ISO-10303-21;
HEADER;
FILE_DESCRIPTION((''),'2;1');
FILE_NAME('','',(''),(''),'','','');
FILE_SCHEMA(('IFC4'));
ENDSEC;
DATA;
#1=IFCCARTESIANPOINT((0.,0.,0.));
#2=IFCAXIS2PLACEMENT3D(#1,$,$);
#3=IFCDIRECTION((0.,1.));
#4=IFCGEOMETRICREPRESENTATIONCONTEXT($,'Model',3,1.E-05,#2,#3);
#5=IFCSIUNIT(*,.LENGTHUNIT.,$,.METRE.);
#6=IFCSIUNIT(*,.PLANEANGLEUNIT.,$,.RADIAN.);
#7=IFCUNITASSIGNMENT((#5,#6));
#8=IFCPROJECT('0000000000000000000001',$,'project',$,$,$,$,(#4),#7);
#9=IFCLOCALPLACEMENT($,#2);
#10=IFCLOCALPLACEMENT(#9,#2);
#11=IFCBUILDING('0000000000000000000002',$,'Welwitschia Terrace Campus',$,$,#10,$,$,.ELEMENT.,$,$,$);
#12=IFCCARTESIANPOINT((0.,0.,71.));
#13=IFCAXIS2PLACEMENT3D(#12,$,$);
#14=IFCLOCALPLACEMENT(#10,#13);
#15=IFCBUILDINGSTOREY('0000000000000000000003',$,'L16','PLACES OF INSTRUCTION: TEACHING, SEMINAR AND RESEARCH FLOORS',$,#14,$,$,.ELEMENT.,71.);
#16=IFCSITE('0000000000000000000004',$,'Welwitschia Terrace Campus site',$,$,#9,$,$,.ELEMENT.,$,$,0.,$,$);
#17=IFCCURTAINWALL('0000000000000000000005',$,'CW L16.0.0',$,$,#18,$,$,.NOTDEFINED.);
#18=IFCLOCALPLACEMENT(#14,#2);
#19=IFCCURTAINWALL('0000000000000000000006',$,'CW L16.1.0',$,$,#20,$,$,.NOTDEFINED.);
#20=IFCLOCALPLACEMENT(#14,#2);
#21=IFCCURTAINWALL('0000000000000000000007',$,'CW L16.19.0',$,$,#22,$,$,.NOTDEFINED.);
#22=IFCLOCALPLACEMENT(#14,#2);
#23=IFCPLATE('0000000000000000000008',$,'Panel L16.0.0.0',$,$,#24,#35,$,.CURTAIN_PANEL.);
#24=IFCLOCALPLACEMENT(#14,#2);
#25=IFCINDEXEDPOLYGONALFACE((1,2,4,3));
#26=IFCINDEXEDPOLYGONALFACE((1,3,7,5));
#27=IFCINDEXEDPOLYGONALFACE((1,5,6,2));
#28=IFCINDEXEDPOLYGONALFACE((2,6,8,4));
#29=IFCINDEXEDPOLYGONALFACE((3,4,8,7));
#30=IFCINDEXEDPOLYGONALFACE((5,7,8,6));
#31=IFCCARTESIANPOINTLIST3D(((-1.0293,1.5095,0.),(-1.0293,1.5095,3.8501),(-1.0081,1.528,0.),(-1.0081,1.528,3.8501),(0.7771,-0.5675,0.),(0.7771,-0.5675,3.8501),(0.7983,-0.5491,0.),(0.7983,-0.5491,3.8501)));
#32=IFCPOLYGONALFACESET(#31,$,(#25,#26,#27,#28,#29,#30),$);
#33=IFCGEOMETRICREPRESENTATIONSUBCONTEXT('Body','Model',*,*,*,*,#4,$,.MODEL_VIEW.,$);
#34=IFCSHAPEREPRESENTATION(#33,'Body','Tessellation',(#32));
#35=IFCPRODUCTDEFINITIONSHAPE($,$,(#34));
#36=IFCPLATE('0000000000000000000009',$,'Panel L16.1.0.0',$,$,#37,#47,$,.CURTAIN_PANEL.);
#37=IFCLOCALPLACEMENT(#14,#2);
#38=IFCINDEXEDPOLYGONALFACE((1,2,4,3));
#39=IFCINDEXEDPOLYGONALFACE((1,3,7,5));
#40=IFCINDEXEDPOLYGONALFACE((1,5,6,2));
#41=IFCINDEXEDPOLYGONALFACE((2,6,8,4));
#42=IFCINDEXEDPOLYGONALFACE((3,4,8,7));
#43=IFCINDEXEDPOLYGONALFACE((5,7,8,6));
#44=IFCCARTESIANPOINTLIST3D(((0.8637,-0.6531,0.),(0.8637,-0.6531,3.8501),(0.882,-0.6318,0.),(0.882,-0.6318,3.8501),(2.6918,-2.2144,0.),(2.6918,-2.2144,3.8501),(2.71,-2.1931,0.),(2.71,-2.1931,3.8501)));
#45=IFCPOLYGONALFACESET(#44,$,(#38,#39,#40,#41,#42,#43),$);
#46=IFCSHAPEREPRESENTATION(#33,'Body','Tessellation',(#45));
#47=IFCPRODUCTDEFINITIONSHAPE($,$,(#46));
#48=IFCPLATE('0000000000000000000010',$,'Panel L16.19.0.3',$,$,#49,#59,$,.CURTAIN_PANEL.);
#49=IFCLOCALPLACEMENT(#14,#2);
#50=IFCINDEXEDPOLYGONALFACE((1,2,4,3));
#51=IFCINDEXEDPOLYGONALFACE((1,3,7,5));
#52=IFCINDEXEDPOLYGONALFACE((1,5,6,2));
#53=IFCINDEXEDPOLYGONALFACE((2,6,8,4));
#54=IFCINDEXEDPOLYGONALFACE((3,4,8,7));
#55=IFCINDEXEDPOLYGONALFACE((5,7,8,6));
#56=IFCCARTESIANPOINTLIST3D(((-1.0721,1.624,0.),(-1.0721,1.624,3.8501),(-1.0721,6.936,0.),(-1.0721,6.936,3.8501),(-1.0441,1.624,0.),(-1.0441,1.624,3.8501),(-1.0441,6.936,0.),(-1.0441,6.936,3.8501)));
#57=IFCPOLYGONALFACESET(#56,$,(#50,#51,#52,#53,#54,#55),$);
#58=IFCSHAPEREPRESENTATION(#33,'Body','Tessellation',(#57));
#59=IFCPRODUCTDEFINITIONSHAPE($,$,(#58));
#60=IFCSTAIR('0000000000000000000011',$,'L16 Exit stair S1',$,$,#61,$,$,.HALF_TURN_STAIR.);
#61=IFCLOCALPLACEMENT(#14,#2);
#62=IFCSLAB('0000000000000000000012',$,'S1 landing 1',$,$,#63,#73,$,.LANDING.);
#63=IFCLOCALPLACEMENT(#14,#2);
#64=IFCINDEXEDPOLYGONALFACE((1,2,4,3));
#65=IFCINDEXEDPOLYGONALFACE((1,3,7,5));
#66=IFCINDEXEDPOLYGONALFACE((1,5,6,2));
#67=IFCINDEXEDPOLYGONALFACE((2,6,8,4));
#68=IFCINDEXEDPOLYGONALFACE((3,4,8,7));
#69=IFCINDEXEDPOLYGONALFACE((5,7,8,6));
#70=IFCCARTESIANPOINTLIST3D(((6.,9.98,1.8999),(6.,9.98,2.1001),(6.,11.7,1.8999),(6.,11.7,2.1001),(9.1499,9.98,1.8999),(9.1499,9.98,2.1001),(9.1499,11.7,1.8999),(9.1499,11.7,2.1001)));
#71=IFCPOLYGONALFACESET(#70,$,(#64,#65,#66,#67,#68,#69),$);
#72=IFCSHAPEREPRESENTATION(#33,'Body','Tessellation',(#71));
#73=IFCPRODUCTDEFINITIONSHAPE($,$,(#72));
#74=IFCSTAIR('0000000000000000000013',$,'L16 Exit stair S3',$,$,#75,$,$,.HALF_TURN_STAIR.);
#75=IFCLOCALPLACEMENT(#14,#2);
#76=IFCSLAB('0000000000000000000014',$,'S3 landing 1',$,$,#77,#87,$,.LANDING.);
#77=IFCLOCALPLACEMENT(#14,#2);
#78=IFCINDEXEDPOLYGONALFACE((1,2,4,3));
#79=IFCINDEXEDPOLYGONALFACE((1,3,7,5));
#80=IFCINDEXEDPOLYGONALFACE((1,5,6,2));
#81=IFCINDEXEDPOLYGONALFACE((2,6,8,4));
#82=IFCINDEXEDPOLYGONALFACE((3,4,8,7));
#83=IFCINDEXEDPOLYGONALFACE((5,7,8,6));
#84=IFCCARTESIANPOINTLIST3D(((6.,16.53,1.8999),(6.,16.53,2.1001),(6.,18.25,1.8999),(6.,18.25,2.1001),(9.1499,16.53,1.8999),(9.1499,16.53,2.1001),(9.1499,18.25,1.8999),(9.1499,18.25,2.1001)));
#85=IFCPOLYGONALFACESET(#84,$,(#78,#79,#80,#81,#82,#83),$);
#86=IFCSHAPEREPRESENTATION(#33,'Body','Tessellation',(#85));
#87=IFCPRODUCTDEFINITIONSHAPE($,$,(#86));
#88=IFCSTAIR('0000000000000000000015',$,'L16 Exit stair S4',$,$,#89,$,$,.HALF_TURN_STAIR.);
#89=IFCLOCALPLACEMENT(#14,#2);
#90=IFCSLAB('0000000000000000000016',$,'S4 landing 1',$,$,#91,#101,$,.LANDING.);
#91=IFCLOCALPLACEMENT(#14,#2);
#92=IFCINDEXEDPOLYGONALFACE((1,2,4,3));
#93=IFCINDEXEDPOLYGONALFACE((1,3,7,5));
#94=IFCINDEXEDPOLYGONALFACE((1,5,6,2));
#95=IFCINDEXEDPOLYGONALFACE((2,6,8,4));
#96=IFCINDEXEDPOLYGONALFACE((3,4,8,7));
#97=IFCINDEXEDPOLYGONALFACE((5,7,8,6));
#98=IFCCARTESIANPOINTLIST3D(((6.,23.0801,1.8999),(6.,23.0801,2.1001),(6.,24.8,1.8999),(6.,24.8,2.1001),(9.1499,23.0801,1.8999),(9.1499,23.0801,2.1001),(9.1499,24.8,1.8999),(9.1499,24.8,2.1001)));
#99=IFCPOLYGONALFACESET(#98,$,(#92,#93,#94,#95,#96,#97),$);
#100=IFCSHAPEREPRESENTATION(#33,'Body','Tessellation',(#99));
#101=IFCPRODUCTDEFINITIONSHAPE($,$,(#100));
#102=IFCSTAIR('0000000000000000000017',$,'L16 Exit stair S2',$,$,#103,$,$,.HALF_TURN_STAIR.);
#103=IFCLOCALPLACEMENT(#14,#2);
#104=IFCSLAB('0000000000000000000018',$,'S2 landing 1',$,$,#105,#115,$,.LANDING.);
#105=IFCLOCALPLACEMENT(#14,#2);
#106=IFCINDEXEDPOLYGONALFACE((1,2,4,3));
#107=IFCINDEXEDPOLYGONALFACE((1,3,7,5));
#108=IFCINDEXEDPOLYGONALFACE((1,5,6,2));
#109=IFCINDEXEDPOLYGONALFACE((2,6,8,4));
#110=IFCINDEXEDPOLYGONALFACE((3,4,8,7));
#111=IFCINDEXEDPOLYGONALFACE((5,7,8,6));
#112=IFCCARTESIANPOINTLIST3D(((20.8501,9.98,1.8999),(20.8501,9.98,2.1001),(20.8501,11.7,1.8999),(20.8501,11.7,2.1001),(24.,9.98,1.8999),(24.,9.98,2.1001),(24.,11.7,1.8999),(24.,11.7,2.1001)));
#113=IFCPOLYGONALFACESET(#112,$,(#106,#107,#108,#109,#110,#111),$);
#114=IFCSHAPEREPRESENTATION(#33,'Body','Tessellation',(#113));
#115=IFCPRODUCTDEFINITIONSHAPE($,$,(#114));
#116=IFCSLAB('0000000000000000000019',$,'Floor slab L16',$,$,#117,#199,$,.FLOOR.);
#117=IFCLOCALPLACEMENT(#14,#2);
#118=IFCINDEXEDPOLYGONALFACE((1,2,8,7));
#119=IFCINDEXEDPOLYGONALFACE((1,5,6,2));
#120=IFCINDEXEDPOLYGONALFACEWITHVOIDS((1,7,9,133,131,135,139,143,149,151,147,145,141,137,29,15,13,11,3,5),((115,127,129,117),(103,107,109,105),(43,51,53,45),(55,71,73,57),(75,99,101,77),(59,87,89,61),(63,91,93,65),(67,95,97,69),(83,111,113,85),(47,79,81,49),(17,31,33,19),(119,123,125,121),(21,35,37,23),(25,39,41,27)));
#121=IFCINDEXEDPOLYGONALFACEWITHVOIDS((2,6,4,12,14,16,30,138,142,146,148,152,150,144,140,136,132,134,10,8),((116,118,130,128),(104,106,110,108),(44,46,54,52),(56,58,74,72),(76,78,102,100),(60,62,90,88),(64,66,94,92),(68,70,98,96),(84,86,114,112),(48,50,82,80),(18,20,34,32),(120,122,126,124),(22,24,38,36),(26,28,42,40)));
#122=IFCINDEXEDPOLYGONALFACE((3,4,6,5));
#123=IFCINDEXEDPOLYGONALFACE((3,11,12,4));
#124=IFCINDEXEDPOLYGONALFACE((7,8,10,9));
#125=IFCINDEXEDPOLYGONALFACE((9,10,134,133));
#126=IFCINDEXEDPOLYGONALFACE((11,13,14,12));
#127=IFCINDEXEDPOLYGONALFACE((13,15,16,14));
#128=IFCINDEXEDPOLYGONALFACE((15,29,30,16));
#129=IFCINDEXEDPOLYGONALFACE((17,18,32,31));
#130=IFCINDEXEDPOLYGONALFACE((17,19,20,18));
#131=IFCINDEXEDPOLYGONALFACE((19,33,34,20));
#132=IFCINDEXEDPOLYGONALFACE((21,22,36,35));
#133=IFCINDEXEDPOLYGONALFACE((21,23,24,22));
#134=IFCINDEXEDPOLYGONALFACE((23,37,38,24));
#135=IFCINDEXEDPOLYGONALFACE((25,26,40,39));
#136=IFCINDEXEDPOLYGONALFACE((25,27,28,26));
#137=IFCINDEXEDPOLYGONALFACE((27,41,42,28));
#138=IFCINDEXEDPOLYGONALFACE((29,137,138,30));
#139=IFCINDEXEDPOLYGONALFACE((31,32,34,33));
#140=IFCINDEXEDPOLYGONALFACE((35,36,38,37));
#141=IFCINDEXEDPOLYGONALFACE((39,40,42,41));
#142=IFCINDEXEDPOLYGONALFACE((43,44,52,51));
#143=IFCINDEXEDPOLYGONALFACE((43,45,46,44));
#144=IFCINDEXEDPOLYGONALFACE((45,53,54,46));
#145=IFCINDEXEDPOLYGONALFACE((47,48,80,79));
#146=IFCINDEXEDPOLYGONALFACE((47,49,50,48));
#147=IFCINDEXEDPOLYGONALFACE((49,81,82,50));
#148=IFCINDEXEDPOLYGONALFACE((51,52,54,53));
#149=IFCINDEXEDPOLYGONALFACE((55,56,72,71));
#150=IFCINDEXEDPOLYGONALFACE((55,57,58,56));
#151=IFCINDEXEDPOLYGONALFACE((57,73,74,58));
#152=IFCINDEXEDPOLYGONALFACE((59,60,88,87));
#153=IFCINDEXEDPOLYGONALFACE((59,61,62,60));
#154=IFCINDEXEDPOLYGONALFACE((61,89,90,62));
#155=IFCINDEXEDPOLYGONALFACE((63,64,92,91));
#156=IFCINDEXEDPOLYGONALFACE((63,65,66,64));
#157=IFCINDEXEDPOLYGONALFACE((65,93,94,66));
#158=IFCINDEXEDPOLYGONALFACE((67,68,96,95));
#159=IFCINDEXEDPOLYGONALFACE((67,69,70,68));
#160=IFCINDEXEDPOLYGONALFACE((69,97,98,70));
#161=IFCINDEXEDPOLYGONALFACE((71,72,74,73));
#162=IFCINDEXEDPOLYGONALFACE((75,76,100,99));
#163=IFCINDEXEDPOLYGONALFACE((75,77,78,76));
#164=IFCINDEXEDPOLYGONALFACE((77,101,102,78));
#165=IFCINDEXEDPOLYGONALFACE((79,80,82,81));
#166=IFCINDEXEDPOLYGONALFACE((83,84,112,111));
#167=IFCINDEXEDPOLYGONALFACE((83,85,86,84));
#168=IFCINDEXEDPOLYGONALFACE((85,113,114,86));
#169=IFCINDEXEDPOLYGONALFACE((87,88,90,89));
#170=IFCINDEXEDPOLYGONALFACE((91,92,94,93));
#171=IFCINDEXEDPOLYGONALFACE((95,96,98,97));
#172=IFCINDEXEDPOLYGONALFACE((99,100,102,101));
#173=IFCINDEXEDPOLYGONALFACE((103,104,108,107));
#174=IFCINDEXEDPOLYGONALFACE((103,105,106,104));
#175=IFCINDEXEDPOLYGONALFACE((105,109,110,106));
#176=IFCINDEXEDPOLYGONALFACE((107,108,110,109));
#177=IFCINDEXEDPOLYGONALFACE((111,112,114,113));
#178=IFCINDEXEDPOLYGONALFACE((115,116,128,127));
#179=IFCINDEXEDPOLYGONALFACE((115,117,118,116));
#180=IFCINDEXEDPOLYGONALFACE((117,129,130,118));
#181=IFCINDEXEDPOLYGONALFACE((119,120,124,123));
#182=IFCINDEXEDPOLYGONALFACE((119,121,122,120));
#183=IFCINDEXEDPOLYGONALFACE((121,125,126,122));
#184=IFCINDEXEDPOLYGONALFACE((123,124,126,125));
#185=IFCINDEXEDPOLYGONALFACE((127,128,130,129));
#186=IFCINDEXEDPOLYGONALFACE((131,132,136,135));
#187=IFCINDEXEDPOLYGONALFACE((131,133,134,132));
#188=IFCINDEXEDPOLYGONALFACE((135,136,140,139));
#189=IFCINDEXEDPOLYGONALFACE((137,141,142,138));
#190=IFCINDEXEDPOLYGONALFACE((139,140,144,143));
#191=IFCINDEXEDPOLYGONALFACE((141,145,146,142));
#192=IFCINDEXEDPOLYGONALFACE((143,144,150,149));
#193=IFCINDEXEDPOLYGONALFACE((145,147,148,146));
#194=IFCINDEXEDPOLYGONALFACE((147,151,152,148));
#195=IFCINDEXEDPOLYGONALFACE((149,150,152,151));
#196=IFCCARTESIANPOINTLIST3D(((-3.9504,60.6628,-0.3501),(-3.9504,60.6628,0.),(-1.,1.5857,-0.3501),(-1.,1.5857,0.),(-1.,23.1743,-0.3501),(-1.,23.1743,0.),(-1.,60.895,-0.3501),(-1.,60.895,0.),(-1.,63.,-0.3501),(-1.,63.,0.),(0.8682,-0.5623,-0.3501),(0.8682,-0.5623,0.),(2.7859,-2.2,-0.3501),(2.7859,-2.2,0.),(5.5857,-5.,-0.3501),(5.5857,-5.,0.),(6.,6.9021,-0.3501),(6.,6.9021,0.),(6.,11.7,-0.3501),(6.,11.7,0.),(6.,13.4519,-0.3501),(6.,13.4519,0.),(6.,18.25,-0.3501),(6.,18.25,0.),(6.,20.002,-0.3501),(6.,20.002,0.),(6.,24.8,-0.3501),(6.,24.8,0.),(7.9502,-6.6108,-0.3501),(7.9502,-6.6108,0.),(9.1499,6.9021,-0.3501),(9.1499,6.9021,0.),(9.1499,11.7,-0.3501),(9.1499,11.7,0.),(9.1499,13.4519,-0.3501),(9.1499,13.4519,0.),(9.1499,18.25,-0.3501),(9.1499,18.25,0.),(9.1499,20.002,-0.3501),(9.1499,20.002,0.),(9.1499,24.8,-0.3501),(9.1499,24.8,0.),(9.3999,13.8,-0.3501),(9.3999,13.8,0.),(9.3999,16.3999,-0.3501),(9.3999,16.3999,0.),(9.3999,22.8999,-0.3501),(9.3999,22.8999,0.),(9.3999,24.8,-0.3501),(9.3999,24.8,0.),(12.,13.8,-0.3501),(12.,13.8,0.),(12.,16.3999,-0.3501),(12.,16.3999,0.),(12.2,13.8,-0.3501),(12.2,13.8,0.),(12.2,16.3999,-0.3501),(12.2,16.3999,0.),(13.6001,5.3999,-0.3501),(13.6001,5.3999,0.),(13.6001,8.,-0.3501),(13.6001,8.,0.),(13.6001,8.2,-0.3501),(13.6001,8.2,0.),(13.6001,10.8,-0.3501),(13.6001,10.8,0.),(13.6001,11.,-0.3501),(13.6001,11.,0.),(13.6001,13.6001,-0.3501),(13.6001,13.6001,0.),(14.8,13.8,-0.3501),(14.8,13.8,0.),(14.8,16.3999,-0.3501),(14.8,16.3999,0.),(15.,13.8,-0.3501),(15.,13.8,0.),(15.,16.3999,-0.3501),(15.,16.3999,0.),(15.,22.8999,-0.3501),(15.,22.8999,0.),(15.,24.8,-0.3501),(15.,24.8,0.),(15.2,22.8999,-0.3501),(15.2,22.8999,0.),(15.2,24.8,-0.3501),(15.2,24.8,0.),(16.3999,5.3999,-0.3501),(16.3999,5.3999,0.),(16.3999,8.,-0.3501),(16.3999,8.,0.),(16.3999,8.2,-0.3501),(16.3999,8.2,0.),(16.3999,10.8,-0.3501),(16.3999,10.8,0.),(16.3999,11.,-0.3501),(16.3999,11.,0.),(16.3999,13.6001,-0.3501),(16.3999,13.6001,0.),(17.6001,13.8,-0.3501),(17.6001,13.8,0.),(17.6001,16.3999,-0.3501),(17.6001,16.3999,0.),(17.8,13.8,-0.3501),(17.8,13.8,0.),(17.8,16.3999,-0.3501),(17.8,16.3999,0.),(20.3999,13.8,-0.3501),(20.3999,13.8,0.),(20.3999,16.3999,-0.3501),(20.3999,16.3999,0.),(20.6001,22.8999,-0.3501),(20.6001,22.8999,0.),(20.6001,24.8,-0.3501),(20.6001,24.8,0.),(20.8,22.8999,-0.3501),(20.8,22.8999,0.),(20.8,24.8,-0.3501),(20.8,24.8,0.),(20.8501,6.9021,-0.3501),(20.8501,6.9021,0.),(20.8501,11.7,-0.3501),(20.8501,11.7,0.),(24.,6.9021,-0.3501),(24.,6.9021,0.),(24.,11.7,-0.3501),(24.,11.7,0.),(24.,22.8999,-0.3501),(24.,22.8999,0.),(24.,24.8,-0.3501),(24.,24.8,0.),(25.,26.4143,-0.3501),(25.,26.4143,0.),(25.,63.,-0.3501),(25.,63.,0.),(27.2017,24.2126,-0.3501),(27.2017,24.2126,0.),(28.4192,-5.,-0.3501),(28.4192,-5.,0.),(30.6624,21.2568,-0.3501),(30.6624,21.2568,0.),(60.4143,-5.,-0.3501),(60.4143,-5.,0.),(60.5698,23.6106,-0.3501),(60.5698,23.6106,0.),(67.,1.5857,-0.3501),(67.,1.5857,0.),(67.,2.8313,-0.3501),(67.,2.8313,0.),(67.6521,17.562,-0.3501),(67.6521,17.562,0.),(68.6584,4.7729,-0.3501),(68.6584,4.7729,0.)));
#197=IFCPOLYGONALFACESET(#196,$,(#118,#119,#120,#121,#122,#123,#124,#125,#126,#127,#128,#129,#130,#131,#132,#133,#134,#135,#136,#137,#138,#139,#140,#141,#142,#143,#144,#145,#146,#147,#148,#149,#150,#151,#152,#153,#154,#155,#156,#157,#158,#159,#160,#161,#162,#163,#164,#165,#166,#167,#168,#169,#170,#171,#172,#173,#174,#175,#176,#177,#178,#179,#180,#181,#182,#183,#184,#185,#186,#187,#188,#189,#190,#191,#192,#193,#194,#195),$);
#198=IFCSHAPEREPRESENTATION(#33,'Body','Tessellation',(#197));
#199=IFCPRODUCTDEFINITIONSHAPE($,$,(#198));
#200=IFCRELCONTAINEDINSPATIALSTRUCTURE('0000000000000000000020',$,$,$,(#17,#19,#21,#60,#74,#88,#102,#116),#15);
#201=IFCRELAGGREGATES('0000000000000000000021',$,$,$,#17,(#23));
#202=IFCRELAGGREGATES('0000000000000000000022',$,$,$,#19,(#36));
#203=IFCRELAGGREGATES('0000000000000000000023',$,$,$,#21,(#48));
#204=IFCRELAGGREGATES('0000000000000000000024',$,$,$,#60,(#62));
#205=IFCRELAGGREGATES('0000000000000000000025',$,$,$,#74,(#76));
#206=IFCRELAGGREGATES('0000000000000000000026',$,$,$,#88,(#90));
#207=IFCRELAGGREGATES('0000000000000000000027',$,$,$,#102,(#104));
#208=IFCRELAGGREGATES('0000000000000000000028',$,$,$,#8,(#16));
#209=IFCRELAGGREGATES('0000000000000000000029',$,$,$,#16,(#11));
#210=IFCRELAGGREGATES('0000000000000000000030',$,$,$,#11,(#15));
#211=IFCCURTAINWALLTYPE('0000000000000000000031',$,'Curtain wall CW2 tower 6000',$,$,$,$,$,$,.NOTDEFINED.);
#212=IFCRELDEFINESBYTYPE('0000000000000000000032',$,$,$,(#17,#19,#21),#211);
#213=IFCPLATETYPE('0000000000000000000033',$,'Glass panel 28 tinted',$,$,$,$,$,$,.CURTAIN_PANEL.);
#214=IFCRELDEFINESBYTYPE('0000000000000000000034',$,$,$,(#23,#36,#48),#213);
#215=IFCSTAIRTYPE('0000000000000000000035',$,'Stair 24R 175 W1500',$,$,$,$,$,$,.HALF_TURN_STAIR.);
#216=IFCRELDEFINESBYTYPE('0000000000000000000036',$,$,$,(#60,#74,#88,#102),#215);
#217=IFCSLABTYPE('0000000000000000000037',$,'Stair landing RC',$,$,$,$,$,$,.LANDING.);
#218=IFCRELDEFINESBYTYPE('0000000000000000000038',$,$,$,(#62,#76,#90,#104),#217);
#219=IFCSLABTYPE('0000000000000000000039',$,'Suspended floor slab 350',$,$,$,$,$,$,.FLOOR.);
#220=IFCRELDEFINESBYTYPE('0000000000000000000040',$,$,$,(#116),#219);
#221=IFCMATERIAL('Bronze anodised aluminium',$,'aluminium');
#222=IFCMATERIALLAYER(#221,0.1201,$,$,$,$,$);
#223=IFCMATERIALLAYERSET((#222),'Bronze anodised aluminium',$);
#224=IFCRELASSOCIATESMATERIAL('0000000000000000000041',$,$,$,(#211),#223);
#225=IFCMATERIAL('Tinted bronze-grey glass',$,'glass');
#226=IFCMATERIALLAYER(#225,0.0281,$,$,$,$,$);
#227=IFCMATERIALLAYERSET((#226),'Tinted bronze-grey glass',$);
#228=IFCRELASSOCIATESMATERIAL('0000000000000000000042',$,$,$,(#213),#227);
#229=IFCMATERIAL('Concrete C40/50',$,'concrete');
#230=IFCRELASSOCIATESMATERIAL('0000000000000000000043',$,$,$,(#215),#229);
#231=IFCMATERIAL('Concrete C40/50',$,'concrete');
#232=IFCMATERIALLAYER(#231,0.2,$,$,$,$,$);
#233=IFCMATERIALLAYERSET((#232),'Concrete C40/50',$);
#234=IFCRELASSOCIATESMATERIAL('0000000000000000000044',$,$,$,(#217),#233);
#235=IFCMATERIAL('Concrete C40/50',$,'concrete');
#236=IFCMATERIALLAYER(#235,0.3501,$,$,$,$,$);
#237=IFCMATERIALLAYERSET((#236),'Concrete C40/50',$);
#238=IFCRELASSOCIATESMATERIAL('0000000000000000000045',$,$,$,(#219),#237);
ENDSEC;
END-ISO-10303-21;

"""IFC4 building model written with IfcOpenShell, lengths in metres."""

from ifc_helpers import new_model, si_unit, direction, frame, origin, origin_2d, place, context, subcontext, project, spatial, polyline, rectangle, outline, extrude, material, layer, layer_set, type_object, element, aggregate, save


model = new_model("IFC4")

# Units and contexts
model_context = context("Model", 3, precision=1e-05, world=origin(), true_north=direction((0.0, 1.0)))
body_context = subcontext(model_context, "Body", "Model", "MODEL_VIEW")
ifc_project = project(units=[si_unit("LENGTHUNIT", "METRE"), si_unit("PLANEANGLEUNIT", "RADIAN")], contexts=[model_context])

# Site, building, storey
site_placement = place(None, origin())
site = spatial("IfcSite", under=ifc_project, at=site_placement, Name="Welwitschia Terrace Campus site", CompositionType="ELEMENT", RefElevation=0.0)
building_placement = place(site_placement, origin())
building = spatial("IfcBuilding", under=site, at=building_placement, Name="Welwitschia Terrace Campus", CompositionType="ELEMENT")
storey_placement = place(building_placement, frame((0.0, 0.0, 71.0)))
storey = spatial("IfcBuildingStorey", under=building, at=storey_placement, Name="L16", Description="PLACES OF INSTRUCTION: TEACHING, SEMINAR AND RESEARCH FLOORS", CompositionType="ELEMENT", Elevation=71.0)

# Curtain wall
ifc_material_1 = material(Name="Bronze anodised aluminium", Category="aluminium")
ifc_layer_1 = layer(ifc_material_1, 0.1201)
ifc_layer_set_1 = layer_set([ifc_layer_1], Name="Bronze anodised aluminium")
curtain_wall_type = type_object("IfcCurtainWallType", Name="Curtain wall CW2 tower 6000", PredefinedType="NOTDEFINED", material=ifc_layer_set_1)
curtain_wall_1_placement = place(storey_placement, origin())
curtain_wall_1 = element("IfcCurtainWall", 1, at=curtain_wall_1_placement, inside=storey, type_object=curtain_wall_type, Name="CW L16.0.0", PredefinedType="NOTDEFINED")

# Curtain walls
curtain_wall_2_placement = place(storey_placement, origin())
curtain_wall_2 = element("IfcCurtainWall", 2, at=curtain_wall_2_placement, inside=storey, type_object=curtain_wall_type, Name="CW L16.1.0", PredefinedType="NOTDEFINED")
curtain_wall_3_placement = place(storey_placement, origin())
curtain_wall_3 = element("IfcCurtainWall", 3, at=curtain_wall_3_placement, inside=storey, type_object=curtain_wall_type, Name="CW L16.19.0", PredefinedType="NOTDEFINED")

# Plates
ifc_material_2 = material(Name="Tinted bronze-grey glass", Category="glass")
ifc_layer_2 = layer(ifc_material_2, 0.0281)
ifc_layer_set_2 = layer_set([ifc_layer_2], Name="Tinted bronze-grey glass")
plate_type = type_object("IfcPlateType", Name="Glass panel 28 tinted", PredefinedType="CURTAIN_PANEL", material=ifc_layer_set_2)
plate_1_placement = place(storey_placement, frame((-0.1155, 0.4802, 0.0), z_axis=(0.0, 0.0, 1.0), x_axis=(0.656245, -0.754548, 0.0)))
plate_1 = element("IfcPlate", 4, at=plate_1_placement, type_object=plate_type, Name="Panel L16.0.0.0", PredefinedType="CURTAIN_PANEL", context=body_context, shape_type="SweptSolid", body=[
    extrude(rectangle(XDim=2.7527, YDim=0.0281, at=origin_2d()), origin(), (0.0, 0.0, 1.0), 3.8501),
])
aggregate(curtain_wall_1, [plate_1])
plate_2_placement = place(storey_placement, frame((1.7869, -1.4231, 0.0), z_axis=(0.0, 0.0, 1.0), x_axis=(0.760406, -0.649448, 0.0)))
plate_2 = element("IfcPlate", 5, at=plate_2_placement, type_object=plate_type, Name="Panel L16.1.0.0", PredefinedType="CURTAIN_PANEL", context=body_context, shape_type="SweptSolid", body=[
    extrude(rectangle(XDim=2.4041, YDim=0.0281, at=origin_2d()), origin(), (0.0, 0.0, 1.0), 3.8501),
])
aggregate(curtain_wall_2, [plate_2])
plate_3_placement = place(storey_placement, frame((-1.0581, 4.28, 0.0), z_axis=(0.0, 0.0, 1.0), x_axis=(0.0, -1.0, 0.0)))
plate_3 = element("IfcPlate", 6, at=plate_3_placement, type_object=plate_type, Name="Panel L16.19.0.3", PredefinedType="CURTAIN_PANEL", context=body_context, shape_type="SweptSolid", body=[
    extrude(rectangle(XDim=5.312, YDim=0.0281, at=origin_2d()), origin(), (0.0, 0.0, 1.0), 3.8501),
])
aggregate(curtain_wall_3, [plate_3])

# Stairs, slabs
ifc_material_3 = material(Name="Concrete C40/50", Category="concrete")
stair_type = type_object("IfcStairType", Name="Stair 24R 175 W1500", PredefinedType="HALF_TURN_STAIR", material=ifc_material_3)
stair_1_placement = place(storey_placement, origin())
stair_1 = element("IfcStair", 7, at=stair_1_placement, inside=storey, type_object=stair_type, Name="L16 Exit stair S1", PredefinedType="HALF_TURN_STAIR")
ifc_material_4 = material(Name="Concrete C40/50", Category="concrete")
ifc_layer_3 = layer(ifc_material_4, 0.2)
ifc_layer_set_3 = layer_set([ifc_layer_3], Name="Concrete C40/50")
slab_type_1 = type_object("IfcSlabType", Name="Stair landing RC", PredefinedType="LANDING", material=ifc_layer_set_3)
slab_1_placement = place(storey_placement, frame((0.0, 0.0, 1.8999)))
slab_1 = element("IfcSlab", 8, at=slab_1_placement, type_object=slab_type_1, Name="S1 landing 1", PredefinedType="LANDING", context=body_context, shape_type="SweptSolid", body=[
    extrude(outline(polyline([(9.1499, 9.98), (9.1499, 11.7), (6.0, 11.7), (6.0, 9.98), (9.1499, 9.98)])), origin(), (0.0, 0.0, 1.0), 0.2002),
])
aggregate(stair_1, [slab_1])
stair_2_placement = place(storey_placement, origin())
stair_2 = element("IfcStair", 9, at=stair_2_placement, inside=storey, type_object=stair_type, Name="L16 Exit stair S3", PredefinedType="HALF_TURN_STAIR")
slab_2_placement = place(storey_placement, frame((0.0, 0.0, 1.8999)))
slab_2 = element("IfcSlab", 10, at=slab_2_placement, type_object=slab_type_1, Name="S3 landing 1", PredefinedType="LANDING", context=body_context, shape_type="SweptSolid", body=[
    extrude(outline(polyline([(9.1499, 16.53), (9.1499, 18.25), (6.0, 18.25), (6.0, 16.53), (9.1499, 16.53)])), origin(), (0.0, 0.0, 1.0), 0.2002),
])
aggregate(stair_2, [slab_2])
stair_3_placement = place(storey_placement, origin())
stair_3 = element("IfcStair", 11, at=stair_3_placement, inside=storey, type_object=stair_type, Name="L16 Exit stair S4", PredefinedType="HALF_TURN_STAIR")
slab_3_placement = place(storey_placement, frame((0.0, 0.0, 1.8999)))
slab_3 = element("IfcSlab", 12, at=slab_3_placement, type_object=slab_type_1, Name="S4 landing 1", PredefinedType="LANDING", context=body_context, shape_type="SweptSolid", body=[
    extrude(outline(polyline([(9.1499, 23.0801), (9.1499, 24.8), (6.0, 24.8), (6.0, 23.0801), (9.1499, 23.0801)])), origin(), (0.0, 0.0, 1.0), 0.2002),
])
aggregate(stair_3, [slab_3])
stair_4_placement = place(storey_placement, origin())
stair_4 = element("IfcStair", 13, at=stair_4_placement, inside=storey, type_object=stair_type, Name="L16 Exit stair S2", PredefinedType="HALF_TURN_STAIR")
slab_4_placement = place(storey_placement, frame((0.0, 0.0, 1.8999)))
slab_4 = element("IfcSlab", 14, at=slab_4_placement, type_object=slab_type_1, Name="S2 landing 1", PredefinedType="LANDING", context=body_context, shape_type="SweptSolid", body=[
    extrude(outline(polyline([(24.0, 9.98), (24.0, 11.7), (20.8501, 11.7), (20.8501, 9.98), (24.0, 9.98)])), origin(), (0.0, 0.0, 1.0), 0.2002),
])
aggregate(stair_4, [slab_4])

# Slab
ifc_material_5 = material(Name="Concrete C40/50", Category="concrete")
ifc_layer_4 = layer(ifc_material_5, 0.3501)
ifc_layer_set_4 = layer_set([ifc_layer_4], Name="Concrete C40/50")
slab_type_2 = type_object("IfcSlabType", Name="Suspended floor slab 350", PredefinedType="FLOOR", material=ifc_layer_set_4)
slab_5_placement = place(storey_placement, frame((0.0, 0.0, -0.3501)))
element("IfcSlab", 15, at=slab_5_placement, inside=storey, type_object=slab_type_2, Name="Floor slab L16", PredefinedType="FLOOR", context=body_context, shape_type="SweptSolid", body=[
    extrude(outline(polyline([(-1.0, 23.1743), (-3.9504, 60.6628), (-1.0, 60.895), (-1.0, 63.0), (25.0, 63.0), (25.0, 26.4143), (27.2017, 24.2126), (30.6624, 21.2568), (60.5698, 23.6106), (67.6521, 17.562), (68.6584, 4.7729), (67.0, 2.8313), (67.0, 1.5857), (60.4143, -5.0), (28.4192, -5.0), (7.9502, -6.6108), (5.5857, -5.0), (2.7859, -2.2), (0.8682, -0.5623), (-1.0, 1.5857), (-1.0, 23.1743)]), holes=[polyline([(13.6001, 8.0), (13.6001, 5.3999), (16.3999, 5.3999), (16.3999, 8.0), (13.6001, 8.0)]), polyline([(9.1499, 11.7), (6.0, 11.7), (6.0, 6.9021), (9.1499, 6.9021), (9.1499, 11.7)]), polyline([(12.0, 16.3999), (9.3999, 16.3999), (9.3999, 13.8), (12.0, 13.8), (12.0, 16.3999)]), polyline([(14.8, 16.3999), (12.2, 16.3999), (12.2, 13.8), (14.8, 13.8), (14.8, 16.3999)]), polyline([(9.1499, 18.25), (6.0, 18.25), (6.0, 13.4519), (9.1499, 13.4519), (9.1499, 18.25)]), polyline([(9.1499, 24.8), (6.0, 24.8), (6.0, 20.002), (9.1499, 20.002), (9.1499, 24.8)]), polyline([(15.0, 24.8), (9.3999, 24.8), (9.3999, 22.8999), (15.0, 22.8999), (15.0, 24.8)]), polyline([(20.8501, 11.7), (20.8501, 6.9021), (24.0, 6.9021), (24.0, 11.7), (20.8501, 11.7)]), polyline([(16.3999, 10.8), (13.6001, 10.8), (13.6001, 8.2), (16.3999, 8.2), (16.3999, 10.8)]), polyline([(16.3999, 13.6001), (13.6001, 13.6001), (13.6001, 11.0), (16.3999, 11.0), (16.3999, 13.6001)]), polyline([(17.6001, 16.3999), (15.0, 16.3999), (15.0, 13.8), (17.6001, 13.8), (17.6001, 16.3999)]), polyline([(20.3999, 16.3999), (17.8, 16.3999), (17.8, 13.8), (20.3999, 13.8), (20.3999, 16.3999)]), polyline([(20.6001, 24.8), (15.2, 24.8), (15.2, 22.8999), (20.6001, 22.8999), (20.6001, 24.8)]), polyline([(24.0, 24.8), (20.8, 24.8), (20.8, 22.8999), (24.0, 22.8999), (24.0, 24.8)])]), origin(), (0.0, 0.0, 1.0), 0.3501),
])

save(model, "model.ifc")
